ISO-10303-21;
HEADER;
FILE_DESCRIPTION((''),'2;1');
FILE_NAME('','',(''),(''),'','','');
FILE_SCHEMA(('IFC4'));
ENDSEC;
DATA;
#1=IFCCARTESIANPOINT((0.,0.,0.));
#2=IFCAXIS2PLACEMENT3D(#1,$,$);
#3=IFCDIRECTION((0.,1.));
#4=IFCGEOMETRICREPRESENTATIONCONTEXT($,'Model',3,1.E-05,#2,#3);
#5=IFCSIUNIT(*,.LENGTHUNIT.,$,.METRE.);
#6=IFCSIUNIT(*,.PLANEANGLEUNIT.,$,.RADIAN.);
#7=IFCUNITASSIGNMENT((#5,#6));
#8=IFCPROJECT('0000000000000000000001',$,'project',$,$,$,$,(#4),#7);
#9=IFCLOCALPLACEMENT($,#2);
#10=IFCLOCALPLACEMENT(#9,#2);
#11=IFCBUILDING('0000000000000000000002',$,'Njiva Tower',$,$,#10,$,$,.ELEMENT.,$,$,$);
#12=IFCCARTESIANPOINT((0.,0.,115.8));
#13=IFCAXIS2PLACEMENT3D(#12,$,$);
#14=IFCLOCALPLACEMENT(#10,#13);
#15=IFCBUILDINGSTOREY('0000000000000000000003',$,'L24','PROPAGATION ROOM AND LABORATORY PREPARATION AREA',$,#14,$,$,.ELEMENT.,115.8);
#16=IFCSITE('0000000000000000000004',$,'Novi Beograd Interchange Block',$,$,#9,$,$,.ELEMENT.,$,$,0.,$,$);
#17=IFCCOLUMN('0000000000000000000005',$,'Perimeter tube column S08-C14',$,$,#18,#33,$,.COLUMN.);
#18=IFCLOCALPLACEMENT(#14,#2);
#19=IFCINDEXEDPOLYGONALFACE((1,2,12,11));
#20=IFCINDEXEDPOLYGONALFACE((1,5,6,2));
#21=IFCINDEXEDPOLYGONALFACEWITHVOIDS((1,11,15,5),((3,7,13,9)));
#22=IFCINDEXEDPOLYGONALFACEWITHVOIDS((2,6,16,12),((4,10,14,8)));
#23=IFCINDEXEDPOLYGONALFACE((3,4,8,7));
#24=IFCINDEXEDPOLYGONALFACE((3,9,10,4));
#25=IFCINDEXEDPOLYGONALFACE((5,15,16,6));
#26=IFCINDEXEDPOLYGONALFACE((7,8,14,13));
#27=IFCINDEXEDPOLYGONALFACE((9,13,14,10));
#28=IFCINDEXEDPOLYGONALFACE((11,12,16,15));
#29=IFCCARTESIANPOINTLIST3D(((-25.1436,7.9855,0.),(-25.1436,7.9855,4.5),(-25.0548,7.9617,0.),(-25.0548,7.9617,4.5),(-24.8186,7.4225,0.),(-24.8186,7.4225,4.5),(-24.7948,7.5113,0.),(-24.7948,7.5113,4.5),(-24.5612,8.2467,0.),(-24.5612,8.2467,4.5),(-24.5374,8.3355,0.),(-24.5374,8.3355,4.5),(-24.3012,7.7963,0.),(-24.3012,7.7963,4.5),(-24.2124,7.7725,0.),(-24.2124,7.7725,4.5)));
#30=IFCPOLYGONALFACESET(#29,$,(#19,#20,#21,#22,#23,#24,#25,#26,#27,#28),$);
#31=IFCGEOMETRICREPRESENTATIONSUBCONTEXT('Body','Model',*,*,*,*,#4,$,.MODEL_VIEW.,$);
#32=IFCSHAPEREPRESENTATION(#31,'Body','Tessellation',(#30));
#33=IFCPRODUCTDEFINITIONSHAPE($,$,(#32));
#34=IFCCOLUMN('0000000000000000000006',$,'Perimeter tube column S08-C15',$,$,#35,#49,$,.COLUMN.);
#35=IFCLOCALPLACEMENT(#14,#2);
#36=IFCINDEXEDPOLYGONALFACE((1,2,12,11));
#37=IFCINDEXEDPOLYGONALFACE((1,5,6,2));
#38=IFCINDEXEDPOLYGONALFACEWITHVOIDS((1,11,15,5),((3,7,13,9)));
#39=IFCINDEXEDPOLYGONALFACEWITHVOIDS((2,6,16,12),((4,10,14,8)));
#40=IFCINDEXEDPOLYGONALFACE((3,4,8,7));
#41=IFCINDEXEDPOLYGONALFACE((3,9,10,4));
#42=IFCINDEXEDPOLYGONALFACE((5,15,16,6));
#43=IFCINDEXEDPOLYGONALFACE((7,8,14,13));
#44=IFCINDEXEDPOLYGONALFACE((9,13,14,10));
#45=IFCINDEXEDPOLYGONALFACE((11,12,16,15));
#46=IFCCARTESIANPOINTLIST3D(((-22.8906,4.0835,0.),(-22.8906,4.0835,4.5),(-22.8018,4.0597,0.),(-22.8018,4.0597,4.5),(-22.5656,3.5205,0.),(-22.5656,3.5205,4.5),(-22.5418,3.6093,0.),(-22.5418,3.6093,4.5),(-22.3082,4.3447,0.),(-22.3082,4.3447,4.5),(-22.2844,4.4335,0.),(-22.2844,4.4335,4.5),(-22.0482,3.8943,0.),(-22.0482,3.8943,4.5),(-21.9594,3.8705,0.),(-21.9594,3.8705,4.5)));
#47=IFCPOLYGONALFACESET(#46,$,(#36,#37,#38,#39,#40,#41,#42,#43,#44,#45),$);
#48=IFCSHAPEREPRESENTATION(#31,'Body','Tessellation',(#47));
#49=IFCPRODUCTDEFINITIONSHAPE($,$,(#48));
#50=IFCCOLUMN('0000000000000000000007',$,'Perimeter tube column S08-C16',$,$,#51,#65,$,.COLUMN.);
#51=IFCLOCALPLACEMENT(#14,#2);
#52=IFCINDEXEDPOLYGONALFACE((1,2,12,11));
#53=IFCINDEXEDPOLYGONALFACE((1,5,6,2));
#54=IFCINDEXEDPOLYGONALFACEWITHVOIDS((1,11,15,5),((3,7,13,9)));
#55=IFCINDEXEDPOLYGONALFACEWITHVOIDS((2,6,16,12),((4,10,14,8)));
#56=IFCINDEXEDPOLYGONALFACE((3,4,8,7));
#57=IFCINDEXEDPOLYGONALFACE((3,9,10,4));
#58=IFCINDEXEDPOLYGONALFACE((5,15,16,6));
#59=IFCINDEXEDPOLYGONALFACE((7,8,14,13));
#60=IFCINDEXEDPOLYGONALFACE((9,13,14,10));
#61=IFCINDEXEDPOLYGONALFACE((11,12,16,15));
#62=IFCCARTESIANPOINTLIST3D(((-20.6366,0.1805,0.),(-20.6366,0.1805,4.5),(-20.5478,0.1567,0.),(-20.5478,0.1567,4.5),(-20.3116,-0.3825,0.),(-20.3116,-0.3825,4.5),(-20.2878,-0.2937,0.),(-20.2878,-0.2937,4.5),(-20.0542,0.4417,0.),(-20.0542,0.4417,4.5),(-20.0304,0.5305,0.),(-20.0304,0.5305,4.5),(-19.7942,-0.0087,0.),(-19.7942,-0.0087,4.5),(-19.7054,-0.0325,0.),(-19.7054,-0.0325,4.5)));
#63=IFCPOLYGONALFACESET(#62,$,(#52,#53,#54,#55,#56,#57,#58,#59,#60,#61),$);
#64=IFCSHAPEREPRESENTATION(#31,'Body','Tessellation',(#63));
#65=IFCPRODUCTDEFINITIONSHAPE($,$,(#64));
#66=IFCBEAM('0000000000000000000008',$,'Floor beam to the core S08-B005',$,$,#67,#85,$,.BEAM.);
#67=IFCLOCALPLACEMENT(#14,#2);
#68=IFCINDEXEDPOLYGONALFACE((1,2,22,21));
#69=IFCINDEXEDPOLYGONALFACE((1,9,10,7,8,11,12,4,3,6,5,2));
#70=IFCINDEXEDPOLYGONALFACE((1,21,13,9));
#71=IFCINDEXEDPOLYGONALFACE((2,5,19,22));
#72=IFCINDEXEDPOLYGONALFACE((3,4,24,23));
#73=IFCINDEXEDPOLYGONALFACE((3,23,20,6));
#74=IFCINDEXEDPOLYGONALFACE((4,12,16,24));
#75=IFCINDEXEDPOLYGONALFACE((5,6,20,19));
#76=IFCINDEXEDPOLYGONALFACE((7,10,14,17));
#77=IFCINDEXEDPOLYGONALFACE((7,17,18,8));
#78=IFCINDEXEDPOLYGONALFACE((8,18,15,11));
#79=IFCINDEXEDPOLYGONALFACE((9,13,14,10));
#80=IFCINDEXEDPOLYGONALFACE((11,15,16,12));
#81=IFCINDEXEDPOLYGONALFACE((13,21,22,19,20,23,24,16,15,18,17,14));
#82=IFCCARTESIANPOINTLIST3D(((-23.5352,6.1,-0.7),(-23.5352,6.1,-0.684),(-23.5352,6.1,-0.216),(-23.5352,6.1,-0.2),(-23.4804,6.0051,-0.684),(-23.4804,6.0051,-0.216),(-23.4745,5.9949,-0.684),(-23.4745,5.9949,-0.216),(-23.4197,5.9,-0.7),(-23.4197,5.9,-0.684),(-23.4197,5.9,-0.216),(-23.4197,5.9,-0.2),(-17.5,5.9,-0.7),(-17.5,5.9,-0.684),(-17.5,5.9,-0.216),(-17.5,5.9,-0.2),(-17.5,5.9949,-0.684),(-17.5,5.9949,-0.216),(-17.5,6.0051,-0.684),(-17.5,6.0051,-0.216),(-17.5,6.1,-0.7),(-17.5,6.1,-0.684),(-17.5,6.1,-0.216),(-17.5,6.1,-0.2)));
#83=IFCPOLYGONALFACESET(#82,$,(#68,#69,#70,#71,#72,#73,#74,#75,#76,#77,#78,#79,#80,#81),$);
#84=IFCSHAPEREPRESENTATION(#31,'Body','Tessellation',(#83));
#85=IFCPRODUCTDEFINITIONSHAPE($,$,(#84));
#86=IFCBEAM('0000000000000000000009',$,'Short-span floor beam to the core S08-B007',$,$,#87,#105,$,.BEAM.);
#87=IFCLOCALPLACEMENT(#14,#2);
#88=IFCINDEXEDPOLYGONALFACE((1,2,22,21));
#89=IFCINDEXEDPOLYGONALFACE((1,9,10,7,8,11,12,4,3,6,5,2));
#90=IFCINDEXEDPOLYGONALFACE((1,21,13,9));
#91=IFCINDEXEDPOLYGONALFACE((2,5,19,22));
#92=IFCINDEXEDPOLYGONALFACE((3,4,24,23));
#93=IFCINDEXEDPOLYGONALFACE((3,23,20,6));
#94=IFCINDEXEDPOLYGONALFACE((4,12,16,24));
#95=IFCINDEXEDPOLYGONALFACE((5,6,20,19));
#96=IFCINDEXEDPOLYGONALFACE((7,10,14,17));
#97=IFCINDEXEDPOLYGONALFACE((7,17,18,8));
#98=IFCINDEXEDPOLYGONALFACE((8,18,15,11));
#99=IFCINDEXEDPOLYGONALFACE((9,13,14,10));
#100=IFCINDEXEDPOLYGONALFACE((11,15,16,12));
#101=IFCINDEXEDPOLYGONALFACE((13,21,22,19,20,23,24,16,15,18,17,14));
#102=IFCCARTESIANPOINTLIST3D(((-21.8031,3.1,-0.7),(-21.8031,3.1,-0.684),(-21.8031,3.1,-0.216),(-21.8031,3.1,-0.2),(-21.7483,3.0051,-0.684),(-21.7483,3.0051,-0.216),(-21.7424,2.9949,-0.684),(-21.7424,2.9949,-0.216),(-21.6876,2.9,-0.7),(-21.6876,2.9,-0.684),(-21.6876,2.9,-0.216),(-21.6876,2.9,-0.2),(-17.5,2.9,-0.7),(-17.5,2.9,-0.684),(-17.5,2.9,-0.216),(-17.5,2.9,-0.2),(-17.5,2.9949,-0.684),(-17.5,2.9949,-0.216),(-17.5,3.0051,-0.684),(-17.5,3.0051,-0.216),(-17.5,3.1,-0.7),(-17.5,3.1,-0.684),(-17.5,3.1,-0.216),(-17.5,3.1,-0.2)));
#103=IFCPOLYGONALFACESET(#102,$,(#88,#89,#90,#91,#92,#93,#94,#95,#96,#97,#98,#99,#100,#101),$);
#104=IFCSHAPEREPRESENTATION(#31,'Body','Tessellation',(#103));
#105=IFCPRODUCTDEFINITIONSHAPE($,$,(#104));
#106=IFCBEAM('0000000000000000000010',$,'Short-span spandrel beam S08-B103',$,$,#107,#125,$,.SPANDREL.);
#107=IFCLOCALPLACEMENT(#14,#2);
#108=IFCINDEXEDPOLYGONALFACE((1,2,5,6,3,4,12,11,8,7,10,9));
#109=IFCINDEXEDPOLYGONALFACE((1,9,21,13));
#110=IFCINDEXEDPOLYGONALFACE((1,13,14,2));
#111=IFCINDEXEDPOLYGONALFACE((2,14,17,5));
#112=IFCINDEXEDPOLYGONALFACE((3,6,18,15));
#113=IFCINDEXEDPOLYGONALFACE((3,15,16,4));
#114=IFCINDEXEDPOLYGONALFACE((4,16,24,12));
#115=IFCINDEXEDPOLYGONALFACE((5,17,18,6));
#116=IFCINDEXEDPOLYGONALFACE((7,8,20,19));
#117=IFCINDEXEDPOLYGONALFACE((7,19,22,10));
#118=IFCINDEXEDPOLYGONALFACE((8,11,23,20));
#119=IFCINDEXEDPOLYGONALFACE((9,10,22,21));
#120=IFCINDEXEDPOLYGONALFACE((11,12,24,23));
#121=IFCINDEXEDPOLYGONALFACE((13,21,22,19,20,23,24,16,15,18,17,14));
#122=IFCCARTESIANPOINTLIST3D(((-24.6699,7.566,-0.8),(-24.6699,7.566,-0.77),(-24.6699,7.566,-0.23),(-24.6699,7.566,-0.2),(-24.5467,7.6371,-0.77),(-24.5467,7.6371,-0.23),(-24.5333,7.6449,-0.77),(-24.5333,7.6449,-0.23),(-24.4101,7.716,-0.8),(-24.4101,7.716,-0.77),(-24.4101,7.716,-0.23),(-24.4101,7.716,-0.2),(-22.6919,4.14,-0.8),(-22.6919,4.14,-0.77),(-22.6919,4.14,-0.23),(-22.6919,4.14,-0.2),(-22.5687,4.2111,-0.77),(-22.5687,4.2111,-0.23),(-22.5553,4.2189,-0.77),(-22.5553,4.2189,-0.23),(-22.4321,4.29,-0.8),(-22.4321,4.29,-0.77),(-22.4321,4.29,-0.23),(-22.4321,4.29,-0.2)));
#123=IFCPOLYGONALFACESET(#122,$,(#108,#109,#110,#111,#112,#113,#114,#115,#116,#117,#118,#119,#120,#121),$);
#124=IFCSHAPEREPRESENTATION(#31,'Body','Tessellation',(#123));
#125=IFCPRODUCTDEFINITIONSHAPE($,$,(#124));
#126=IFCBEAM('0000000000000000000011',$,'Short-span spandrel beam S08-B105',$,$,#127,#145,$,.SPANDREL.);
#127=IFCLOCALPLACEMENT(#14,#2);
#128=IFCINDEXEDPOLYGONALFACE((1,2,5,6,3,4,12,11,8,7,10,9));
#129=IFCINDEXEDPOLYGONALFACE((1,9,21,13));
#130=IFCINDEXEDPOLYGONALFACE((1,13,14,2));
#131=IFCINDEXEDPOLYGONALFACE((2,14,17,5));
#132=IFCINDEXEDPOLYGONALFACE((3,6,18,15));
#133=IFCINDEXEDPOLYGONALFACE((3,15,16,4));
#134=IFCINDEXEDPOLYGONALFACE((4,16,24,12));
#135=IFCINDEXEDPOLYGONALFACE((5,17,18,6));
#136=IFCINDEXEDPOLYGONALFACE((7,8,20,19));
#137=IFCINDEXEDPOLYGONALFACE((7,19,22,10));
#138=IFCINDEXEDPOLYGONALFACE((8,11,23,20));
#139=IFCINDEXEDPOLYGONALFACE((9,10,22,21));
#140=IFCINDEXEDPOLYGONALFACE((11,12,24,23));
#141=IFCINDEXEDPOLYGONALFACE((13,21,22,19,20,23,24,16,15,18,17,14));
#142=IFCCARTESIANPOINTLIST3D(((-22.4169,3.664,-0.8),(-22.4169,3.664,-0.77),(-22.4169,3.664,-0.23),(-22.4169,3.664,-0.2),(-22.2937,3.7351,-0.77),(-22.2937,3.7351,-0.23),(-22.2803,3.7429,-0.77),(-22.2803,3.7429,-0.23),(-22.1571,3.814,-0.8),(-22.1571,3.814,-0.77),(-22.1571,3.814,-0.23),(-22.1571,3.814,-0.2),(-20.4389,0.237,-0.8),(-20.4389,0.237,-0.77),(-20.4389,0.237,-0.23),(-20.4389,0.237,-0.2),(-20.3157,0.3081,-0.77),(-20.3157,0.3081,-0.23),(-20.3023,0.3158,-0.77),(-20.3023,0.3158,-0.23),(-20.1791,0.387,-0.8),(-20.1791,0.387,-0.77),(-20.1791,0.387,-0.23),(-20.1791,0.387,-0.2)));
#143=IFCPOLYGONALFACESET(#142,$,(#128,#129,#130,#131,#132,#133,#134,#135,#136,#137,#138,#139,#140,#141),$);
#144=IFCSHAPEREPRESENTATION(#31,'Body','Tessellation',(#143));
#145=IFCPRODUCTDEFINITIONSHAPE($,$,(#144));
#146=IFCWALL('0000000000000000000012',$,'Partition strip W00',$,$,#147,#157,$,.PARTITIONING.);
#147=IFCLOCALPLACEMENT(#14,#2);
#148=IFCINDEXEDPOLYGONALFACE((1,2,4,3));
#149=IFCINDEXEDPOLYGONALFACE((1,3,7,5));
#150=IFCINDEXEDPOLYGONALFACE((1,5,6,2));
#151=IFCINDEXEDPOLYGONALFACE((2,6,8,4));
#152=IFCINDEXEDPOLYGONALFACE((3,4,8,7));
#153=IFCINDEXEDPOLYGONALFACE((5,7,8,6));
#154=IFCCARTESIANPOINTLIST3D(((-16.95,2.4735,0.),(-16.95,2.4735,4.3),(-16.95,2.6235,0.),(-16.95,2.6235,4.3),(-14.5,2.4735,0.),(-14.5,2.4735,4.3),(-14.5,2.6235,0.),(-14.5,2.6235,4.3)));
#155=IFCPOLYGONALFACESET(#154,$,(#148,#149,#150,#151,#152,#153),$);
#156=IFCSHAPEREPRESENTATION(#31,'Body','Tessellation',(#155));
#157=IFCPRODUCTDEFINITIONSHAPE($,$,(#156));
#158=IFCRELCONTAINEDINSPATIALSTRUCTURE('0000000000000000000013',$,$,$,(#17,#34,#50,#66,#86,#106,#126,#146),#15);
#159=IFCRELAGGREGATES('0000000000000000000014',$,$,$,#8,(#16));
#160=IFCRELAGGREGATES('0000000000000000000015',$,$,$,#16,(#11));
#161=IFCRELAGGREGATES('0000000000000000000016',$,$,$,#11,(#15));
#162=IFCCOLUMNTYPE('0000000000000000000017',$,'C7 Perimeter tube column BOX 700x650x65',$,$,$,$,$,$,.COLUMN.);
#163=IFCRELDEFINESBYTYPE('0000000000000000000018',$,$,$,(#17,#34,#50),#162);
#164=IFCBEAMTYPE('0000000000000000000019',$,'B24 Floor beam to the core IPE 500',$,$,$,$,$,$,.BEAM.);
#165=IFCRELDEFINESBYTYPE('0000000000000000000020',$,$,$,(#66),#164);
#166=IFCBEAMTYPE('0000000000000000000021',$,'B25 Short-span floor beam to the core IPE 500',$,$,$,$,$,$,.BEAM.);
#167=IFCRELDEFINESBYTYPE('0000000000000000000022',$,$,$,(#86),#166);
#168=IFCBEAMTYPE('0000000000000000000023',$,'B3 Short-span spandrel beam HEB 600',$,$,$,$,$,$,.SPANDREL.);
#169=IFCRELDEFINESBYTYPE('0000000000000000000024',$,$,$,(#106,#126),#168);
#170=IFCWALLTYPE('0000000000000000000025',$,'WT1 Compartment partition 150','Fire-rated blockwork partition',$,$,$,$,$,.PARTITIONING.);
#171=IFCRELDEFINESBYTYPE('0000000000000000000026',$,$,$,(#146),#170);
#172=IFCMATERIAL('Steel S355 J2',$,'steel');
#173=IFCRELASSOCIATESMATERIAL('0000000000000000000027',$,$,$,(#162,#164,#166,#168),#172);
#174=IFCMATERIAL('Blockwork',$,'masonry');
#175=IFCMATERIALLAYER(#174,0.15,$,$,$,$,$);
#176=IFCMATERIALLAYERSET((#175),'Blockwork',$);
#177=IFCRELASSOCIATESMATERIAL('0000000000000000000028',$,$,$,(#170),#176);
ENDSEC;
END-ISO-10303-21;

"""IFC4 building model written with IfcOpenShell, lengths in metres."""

from ifc_helpers import new_model, si_unit, direction, frame, frame_2d, origin, origin_2d, place, context, subcontext, project, spatial, rectangle, hollow_rectangle, i_section, extrude, clip, halfspace, material, layer, layer_set, material_profile, profile_set, type_object, element, save


model = new_model("IFC4")

# Units and contexts
model_context = context("Model", 3, precision=1e-05, world=origin(), true_north=direction((0.0, 1.0)))
body_context = subcontext(model_context, "Body", "Model", "MODEL_VIEW")
ifc_project = project(units=[si_unit("LENGTHUNIT", "METRE"), si_unit("PLANEANGLEUNIT", "RADIAN")], contexts=[model_context])

# Site, building, storey
site_placement = place(None, origin())
site = spatial("IfcSite", under=ifc_project, at=site_placement, Name="Novi Beograd Interchange Block", CompositionType="ELEMENT", RefElevation=0.0)
building_placement = place(site_placement, origin())
building = spatial("IfcBuilding", under=site, at=building_placement, Name="Njiva Tower", CompositionType="ELEMENT")
storey_placement = place(building_placement, frame((0.0, 0.0, 115.8)))
storey = spatial("IfcBuildingStorey", under=building, at=storey_placement, Name="L24", Description="PROPAGATION ROOM AND LABORATORY PREPARATION AREA", CompositionType="ELEMENT", Elevation=115.8)

# Columns
ifc_material_1 = material(Name="Steel S355 J2", Category="steel")
ifc_material_profile_1 = material_profile(ifc_material_1, hollow_rectangle(XDim=0.65, YDim=0.7, WallThickness=0.065, at=origin_2d()), Name="BOX 700x650x65")
ifc_profile_set_1 = profile_set([ifc_material_profile_1], Name="Steel S355 J2")
column_type = type_object("IfcColumnType", Name="C7 Perimeter tube column BOX 700x650x65", PredefinedType="COLUMN", material=ifc_profile_set_1)
for number, where, z_axis, x_axis, name in (
    (1, (-24.678, 7.879, 0.0), (0.0, 0.0, 1.0), (0.5, -0.866025, 0.0), "Perimeter tube column S08-C14"),
    (2, (-22.425, 3.977, 0.0), (0.0, 0.0, 1.0), (0.5, -0.866025, 0.0), "Perimeter tube column S08-C15"),
    (3, (-20.171, 0.074, 0.0), (0.0, 0.0, 1.0), (0.5, -0.866025, 0.0), "Perimeter tube column S08-C16"),
):
    element("IfcColumn", number, at=place(storey_placement, frame(where, z_axis=z_axis, x_axis=x_axis)), inside=storey, type_object=column_type, Name=name, PredefinedType="COLUMN", context=body_context, shape_type="SweptSolid", body=[
        extrude(hollow_rectangle(XDim=0.65, YDim=0.7, WallThickness=0.065, at=origin_2d()), origin(), (0.0, 0.0, 1.0), 4.5),
    ])

# Beams
ifc_material_profile_2 = material_profile(ifc_material_1, i_section(OverallWidth=0.2, OverallDepth=0.5, WebThickness=0.0102, FlangeThickness=0.016, at=origin_2d()), Name="IPE 500")
ifc_profile_set_2 = profile_set([ifc_material_profile_2], Name="Steel S355 J2")
beam_type_1 = type_object("IfcBeamType", Name="B24 Floor beam to the core IPE 500", PredefinedType="BEAM", material=ifc_profile_set_2)
beam_1_placement = place(storey_placement, frame((-23.555, 6.0, -0.45), z_axis=(1.0, 0.0, 0.0), x_axis=(0.0, 1.0, 0.0)))
element("IfcBeam", 4, at=beam_1_placement, inside=storey, type_object=beam_type_1, Name="Floor beam to the core S08-B005", PredefinedType="BEAM", context=body_context, shape_type="Clipping", body=[
    clip(extrude(i_section(OverallWidth=0.2, OverallDepth=0.5, WebThickness=0.0102, FlangeThickness=0.016, at=origin_2d()), origin(), (0.0, 0.0, 1.0), 6.055), halfspace(frame((-0.025, 0.0, 0.092), z_axis=(-0.499998, 0.0, -0.866027), x_axis=(0.0, -1.0, 0.0)), False)),
])
ifc_material_profile_3 = material_profile(ifc_material_1, i_section(OverallWidth=0.2, OverallDepth=0.5, WebThickness=0.0102, FlangeThickness=0.016, at=origin_2d()), Name="IPE 500")
ifc_profile_set_3 = profile_set([ifc_material_profile_3], Name="Steel S355 J2")
beam_type_2 = type_object("IfcBeamType", Name="B25 Short-span floor beam to the core IPE 500", PredefinedType="BEAM", material=ifc_profile_set_3)
beam_2_placement = place(storey_placement, frame((-21.823, 3.0, -0.45), z_axis=(1.0, 0.0, 0.0), x_axis=(0.0, 1.0, 0.0)))
element("IfcBeam", 5, at=beam_2_placement, inside=storey, type_object=beam_type_2, Name="Short-span floor beam to the core S08-B007", PredefinedType="BEAM", context=body_context, shape_type="Clipping", body=[
    clip(extrude(i_section(OverallWidth=0.2, OverallDepth=0.5, WebThickness=0.0102, FlangeThickness=0.016, at=origin_2d()), origin(), (0.0, 0.0, 1.0), 4.323), halfspace(frame((-0.025, 0.0, 0.0921), z_axis=(-0.499998, 0.0, -0.866027), x_axis=(0.0, -1.0, 0.0)), False)),
])
ifc_material_profile_4 = material_profile(ifc_material_1, i_section(OverallWidth=0.3, OverallDepth=0.6, WebThickness=0.0155, FlangeThickness=0.03, at=origin_2d()), Name="HEB 600")
ifc_profile_set_4 = profile_set([ifc_material_profile_4], Name="Steel S355 J2")
beam_type_3 = type_object("IfcBeamType", Name="B3 Short-span spandrel beam HEB 600", PredefinedType="SPANDREL", material=ifc_profile_set_4)
beam_3_placement = place(storey_placement, frame((-24.54, 7.641, -0.5), z_axis=(0.5, -0.866026, 0.0), x_axis=(0.866026, 0.5, 0.0)))
element("IfcBeam", 6, at=beam_3_placement, inside=storey, type_object=beam_type_3, Name="Short-span spandrel beam S08-B103", PredefinedType="SPANDREL", context=body_context, shape_type="SweptSolid", body=[
    extrude(i_section(OverallWidth=0.3, OverallDepth=0.6, WebThickness=0.0155, FlangeThickness=0.03, at=origin_2d()), origin(), (0.0, 0.0, 1.0), 3.956),
])
beam_4_placement = place(storey_placement, frame((-22.287, 3.739, -0.5), z_axis=(0.49989, -0.866089, 0.0), x_axis=(0.866089, 0.49989, 0.0)))
element("IfcBeam", 7, at=beam_4_placement, inside=storey, type_object=beam_type_3, Name="Short-span spandrel beam S08-B105", PredefinedType="SPANDREL", context=body_context, shape_type="SweptSolid", body=[
    extrude(i_section(OverallWidth=0.3, OverallDepth=0.6, WebThickness=0.0155, FlangeThickness=0.03, at=origin_2d()), origin(), (0.0, 0.0, 1.0), 3.9569),
])

# Wall
ifc_material_2 = material(Name="Blockwork", Category="masonry")
ifc_layer_1 = layer(ifc_material_2, 0.15)
ifc_layer_set_1 = layer_set([ifc_layer_1], Name="Blockwork")
wall_type_1 = type_object("IfcWallType", Name="WT1 Compartment partition 150", Description="Fire-rated blockwork partition", PredefinedType="PARTITIONING", material=ifc_layer_set_1)
wall_1_placement = place(storey_placement, frame((-16.95, 2.5485, 0.0), z_axis=(0.0, 0.0, 1.0), x_axis=(1.0, 0.0, 0.0)))
element("IfcWall", 8, at=wall_1_placement, inside=storey, type_object=wall_type_1, Name="Partition strip W00", PredefinedType="PARTITIONING", context=body_context, shape_type="SweptSolid", body=[
    extrude(rectangle(XDim=2.45, YDim=0.15, at=frame_2d((1.225, 0.0))), origin(), (0.0, 0.0, 1.0), 4.3),
])

save(model, "model.ifc")
